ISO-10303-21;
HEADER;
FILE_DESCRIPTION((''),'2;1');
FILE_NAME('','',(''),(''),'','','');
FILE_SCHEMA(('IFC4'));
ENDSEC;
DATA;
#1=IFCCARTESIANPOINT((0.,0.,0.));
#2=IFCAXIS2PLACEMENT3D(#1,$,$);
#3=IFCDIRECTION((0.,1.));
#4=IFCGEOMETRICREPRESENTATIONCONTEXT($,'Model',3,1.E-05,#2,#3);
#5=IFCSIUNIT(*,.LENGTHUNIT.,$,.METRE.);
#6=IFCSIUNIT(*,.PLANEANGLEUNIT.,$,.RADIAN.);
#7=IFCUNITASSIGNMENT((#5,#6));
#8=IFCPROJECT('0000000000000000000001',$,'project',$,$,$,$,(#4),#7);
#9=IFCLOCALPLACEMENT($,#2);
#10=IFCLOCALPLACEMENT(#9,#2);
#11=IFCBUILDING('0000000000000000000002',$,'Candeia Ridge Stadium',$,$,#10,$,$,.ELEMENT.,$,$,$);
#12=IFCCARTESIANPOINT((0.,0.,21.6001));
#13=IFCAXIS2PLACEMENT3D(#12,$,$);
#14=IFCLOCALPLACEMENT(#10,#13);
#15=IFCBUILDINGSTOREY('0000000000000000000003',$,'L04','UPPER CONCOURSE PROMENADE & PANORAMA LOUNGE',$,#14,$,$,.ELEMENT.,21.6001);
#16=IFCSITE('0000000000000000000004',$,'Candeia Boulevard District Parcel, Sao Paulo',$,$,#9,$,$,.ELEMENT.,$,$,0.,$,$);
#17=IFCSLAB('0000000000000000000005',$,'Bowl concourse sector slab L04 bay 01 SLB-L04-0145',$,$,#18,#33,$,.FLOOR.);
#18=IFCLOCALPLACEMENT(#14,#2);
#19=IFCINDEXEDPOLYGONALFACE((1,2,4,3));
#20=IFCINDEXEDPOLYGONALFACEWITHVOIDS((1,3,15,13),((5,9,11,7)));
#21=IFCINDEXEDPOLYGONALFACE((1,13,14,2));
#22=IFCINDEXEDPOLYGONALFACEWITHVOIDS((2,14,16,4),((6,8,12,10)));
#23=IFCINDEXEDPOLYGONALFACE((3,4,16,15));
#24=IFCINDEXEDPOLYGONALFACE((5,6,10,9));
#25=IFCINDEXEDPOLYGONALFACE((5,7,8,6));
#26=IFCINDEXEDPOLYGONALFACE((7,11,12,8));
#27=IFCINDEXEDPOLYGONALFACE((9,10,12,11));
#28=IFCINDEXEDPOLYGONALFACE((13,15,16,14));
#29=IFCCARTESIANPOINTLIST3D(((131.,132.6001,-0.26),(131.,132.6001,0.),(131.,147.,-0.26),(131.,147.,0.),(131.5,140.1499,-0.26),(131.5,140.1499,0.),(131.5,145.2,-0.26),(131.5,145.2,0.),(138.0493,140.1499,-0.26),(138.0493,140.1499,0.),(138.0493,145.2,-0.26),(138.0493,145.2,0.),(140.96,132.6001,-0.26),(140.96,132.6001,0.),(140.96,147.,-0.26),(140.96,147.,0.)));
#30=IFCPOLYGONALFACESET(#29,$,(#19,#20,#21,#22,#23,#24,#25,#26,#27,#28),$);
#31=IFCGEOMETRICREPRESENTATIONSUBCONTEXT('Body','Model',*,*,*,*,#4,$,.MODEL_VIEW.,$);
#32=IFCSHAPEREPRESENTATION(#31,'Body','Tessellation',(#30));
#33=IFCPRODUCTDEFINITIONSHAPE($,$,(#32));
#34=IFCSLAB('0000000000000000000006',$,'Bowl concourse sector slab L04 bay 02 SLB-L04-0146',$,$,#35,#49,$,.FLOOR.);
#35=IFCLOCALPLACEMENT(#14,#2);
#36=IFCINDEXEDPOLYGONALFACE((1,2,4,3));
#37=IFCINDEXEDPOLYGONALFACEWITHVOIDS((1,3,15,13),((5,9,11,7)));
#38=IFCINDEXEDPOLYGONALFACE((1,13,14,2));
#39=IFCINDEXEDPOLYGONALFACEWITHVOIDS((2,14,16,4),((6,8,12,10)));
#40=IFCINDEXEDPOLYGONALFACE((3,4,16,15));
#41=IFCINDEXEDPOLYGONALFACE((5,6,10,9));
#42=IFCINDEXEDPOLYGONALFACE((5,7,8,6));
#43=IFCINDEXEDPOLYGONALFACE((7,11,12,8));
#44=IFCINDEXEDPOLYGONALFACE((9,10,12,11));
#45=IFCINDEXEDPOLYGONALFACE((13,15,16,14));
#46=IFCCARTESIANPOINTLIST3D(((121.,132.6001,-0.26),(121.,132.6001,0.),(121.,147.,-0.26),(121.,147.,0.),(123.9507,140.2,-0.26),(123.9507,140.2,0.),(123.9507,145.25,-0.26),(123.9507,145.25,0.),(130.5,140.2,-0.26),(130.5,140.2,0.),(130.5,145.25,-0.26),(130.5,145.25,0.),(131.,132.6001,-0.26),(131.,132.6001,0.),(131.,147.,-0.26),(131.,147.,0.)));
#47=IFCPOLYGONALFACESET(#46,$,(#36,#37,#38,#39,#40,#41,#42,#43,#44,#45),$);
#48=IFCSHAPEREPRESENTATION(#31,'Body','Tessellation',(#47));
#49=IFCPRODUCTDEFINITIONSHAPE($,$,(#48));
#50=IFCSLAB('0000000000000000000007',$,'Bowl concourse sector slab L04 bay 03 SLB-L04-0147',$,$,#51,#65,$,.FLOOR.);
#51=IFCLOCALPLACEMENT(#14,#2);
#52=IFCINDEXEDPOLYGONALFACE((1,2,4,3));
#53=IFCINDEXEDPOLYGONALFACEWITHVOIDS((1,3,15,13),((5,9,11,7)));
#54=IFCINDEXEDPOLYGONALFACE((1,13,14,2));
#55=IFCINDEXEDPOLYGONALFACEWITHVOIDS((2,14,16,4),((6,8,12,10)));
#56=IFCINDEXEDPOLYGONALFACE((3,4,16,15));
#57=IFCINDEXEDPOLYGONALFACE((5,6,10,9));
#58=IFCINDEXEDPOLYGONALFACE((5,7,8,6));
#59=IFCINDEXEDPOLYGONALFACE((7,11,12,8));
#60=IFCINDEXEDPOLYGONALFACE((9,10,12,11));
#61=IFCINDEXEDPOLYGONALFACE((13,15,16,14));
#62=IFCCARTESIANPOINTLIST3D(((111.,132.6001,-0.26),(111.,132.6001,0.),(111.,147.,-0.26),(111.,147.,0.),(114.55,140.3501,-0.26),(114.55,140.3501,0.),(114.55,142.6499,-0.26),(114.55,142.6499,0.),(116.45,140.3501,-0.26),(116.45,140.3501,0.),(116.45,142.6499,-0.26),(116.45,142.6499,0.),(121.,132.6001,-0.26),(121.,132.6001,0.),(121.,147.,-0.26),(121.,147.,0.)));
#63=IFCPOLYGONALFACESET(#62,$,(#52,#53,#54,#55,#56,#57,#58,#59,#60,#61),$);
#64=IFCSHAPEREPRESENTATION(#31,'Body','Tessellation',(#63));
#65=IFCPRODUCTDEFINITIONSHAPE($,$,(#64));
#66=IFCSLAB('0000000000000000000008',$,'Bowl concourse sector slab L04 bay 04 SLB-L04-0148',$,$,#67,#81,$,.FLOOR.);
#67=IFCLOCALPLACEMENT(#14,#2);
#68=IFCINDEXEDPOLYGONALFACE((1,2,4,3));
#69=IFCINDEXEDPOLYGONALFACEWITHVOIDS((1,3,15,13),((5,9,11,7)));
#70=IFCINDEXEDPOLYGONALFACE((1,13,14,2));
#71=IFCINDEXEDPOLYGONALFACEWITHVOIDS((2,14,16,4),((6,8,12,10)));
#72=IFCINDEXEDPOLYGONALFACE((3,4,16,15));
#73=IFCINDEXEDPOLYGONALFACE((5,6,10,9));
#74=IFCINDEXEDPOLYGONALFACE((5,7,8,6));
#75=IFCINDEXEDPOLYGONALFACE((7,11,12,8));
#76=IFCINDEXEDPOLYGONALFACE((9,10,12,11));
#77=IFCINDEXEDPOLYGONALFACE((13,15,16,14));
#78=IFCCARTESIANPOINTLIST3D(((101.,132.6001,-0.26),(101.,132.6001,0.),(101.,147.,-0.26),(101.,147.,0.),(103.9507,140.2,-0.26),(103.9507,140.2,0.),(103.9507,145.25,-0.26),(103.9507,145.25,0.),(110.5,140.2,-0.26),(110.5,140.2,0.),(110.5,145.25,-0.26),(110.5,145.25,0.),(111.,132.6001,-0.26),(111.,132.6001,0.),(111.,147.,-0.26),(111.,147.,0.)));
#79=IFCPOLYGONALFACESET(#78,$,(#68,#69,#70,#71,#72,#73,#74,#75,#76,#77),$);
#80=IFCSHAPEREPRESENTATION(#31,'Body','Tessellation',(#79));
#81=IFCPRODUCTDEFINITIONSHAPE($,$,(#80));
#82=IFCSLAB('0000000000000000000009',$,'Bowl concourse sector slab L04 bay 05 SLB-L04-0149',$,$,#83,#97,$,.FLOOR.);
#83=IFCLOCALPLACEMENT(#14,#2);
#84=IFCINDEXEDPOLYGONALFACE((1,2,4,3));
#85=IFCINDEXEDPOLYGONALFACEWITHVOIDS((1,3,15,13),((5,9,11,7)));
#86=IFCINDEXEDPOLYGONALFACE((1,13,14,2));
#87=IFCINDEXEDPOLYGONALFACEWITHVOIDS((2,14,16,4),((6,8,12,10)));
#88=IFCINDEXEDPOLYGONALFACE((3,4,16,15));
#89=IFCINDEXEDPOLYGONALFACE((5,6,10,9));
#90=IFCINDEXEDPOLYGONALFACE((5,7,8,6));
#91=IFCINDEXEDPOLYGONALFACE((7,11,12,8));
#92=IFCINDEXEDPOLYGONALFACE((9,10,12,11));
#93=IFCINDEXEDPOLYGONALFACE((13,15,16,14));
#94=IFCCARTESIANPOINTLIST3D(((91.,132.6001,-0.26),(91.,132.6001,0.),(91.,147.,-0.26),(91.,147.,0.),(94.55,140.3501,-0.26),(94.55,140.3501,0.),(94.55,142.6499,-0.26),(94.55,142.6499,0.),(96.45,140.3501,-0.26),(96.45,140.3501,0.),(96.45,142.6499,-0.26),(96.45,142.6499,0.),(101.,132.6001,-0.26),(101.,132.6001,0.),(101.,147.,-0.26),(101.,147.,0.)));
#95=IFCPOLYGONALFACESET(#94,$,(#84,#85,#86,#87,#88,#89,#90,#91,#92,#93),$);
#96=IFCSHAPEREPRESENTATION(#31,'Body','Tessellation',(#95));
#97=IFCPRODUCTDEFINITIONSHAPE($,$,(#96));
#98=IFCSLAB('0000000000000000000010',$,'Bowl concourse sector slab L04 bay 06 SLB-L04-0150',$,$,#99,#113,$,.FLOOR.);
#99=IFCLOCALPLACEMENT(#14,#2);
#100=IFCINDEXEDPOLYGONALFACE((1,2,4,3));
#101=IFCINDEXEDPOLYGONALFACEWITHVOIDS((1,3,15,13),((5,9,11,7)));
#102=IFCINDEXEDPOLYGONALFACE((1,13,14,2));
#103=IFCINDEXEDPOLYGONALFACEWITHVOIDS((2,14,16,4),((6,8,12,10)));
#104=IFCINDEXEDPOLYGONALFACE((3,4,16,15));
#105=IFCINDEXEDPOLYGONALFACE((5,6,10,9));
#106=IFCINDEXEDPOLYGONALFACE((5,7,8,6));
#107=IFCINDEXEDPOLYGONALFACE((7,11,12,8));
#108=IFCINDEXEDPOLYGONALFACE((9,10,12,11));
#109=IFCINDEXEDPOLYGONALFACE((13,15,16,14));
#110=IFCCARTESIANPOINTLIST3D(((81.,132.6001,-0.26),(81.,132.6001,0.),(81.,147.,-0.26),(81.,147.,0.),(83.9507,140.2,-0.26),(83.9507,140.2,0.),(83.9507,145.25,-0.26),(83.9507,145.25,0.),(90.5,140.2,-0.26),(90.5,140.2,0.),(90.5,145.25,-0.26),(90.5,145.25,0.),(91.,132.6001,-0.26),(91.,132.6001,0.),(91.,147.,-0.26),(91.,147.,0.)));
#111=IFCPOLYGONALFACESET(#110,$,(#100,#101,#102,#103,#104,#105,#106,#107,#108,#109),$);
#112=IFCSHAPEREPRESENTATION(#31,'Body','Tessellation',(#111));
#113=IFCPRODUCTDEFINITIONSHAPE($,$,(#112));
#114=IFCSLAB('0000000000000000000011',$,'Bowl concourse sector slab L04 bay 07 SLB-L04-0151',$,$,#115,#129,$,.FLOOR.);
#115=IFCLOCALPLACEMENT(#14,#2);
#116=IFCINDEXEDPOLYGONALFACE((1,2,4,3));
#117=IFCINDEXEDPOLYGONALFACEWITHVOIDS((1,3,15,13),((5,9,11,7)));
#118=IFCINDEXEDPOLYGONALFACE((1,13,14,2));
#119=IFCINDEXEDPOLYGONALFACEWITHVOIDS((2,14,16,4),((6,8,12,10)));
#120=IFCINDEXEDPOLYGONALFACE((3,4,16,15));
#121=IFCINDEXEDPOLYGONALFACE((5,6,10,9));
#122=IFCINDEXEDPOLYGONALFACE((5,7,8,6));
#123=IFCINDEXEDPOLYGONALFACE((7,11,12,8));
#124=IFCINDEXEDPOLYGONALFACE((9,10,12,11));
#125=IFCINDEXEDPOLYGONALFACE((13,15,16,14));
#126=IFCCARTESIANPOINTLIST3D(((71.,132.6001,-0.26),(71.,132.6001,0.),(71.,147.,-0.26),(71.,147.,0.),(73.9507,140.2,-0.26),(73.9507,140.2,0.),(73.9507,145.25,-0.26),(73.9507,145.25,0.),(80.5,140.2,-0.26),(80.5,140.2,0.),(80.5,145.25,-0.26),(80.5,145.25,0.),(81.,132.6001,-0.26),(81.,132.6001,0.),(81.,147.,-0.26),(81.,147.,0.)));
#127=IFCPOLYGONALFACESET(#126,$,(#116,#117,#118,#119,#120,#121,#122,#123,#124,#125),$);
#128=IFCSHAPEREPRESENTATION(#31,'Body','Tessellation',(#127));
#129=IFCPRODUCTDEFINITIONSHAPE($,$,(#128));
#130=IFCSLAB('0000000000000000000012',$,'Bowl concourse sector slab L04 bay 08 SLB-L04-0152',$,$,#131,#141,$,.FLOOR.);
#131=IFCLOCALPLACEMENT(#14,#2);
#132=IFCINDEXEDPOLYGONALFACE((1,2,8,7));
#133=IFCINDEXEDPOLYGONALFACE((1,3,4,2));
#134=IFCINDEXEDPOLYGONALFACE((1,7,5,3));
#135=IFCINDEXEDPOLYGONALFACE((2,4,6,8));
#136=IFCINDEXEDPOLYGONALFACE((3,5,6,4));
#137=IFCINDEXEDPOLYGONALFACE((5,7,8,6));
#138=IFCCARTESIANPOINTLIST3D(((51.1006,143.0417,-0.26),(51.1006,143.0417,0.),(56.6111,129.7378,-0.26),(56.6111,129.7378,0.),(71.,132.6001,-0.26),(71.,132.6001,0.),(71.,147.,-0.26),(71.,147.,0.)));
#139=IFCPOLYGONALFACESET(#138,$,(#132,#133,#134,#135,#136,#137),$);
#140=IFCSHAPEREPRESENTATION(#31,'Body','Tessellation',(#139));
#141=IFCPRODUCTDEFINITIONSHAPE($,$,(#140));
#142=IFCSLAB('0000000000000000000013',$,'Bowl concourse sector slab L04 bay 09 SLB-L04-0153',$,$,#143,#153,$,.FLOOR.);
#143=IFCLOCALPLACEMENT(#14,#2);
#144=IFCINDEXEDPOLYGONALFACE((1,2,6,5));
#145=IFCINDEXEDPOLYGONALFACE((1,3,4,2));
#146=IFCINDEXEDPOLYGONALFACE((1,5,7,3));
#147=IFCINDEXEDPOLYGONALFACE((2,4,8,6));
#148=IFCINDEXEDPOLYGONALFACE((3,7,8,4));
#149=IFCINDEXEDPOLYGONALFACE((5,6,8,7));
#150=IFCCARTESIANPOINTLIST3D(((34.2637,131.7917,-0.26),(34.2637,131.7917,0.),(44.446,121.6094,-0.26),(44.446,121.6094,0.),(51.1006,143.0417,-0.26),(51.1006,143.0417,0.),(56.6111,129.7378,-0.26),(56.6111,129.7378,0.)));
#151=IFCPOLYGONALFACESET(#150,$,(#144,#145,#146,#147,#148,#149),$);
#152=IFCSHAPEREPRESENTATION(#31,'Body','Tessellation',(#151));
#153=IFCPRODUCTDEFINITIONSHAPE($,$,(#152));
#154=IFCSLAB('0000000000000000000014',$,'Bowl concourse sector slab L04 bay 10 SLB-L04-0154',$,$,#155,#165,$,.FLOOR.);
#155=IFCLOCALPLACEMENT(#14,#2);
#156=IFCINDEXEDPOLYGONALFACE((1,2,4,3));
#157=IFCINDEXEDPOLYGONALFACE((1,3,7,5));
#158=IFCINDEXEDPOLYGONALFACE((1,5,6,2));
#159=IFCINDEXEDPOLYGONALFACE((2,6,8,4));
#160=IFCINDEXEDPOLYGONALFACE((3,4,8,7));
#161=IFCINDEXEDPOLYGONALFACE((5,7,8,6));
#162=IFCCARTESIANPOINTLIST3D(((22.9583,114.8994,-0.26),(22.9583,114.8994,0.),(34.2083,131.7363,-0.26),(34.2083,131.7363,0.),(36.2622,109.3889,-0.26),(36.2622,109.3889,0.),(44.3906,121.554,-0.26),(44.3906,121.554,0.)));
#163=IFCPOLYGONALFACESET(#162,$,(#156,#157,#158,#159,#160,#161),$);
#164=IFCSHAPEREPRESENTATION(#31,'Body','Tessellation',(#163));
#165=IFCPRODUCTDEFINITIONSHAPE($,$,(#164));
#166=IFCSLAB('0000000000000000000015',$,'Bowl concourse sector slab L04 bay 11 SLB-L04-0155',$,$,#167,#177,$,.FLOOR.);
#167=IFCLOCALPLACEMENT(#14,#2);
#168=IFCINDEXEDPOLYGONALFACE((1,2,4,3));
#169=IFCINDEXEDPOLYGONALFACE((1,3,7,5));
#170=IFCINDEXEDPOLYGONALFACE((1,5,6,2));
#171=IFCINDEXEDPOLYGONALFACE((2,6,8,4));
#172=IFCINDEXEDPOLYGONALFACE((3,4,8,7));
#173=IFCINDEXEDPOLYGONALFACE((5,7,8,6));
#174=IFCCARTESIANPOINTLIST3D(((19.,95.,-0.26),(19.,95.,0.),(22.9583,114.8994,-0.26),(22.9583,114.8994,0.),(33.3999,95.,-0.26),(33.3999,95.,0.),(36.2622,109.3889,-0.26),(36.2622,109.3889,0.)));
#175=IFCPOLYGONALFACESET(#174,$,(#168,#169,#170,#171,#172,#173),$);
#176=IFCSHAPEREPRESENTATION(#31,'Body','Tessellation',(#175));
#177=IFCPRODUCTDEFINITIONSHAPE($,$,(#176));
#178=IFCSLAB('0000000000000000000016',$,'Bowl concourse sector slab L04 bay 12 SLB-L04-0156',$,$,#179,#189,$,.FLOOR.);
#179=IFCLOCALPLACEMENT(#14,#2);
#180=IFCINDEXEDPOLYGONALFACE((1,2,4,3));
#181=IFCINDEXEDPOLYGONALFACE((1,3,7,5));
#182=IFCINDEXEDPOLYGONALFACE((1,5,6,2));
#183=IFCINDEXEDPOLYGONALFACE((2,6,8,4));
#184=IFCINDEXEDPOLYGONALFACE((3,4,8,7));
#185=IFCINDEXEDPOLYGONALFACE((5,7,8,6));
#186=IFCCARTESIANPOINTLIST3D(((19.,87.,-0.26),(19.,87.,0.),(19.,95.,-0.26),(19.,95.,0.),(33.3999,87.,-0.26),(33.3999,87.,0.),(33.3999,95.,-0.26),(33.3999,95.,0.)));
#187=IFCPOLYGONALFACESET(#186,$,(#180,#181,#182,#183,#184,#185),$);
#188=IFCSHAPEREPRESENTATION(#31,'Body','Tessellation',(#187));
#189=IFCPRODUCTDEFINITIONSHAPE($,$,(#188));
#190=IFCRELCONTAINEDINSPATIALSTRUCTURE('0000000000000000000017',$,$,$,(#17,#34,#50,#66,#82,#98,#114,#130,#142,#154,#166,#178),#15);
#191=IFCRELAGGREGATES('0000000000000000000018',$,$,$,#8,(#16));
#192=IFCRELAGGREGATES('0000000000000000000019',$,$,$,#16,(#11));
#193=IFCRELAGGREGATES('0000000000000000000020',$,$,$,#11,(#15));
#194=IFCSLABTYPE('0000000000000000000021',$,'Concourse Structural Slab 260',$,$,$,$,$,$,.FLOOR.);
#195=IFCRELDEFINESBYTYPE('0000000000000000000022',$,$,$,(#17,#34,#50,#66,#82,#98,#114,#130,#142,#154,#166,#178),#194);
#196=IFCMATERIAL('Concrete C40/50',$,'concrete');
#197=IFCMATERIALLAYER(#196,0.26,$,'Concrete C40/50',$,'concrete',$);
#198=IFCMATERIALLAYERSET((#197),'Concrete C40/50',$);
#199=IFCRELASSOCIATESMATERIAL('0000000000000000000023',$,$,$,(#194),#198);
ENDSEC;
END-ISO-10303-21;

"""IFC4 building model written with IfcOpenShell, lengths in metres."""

from ifc_helpers import new_model, si_unit, direction, frame, origin, place, context, subcontext, project, spatial, polyline, outline, extrude, material, layer, layer_set, type_object, element, save


model = new_model("IFC4")

# Units and contexts
model_context = context("Model", 3, precision=1e-05, world=origin(), true_north=direction((0.0, 1.0)))
body_context = subcontext(model_context, "Body", "Model", "MODEL_VIEW")
ifc_project = project(units=[si_unit("LENGTHUNIT", "METRE"), si_unit("PLANEANGLEUNIT", "RADIAN")], contexts=[model_context])

# Site, building, storey
site_placement = place(None, origin())
site = spatial("IfcSite", under=ifc_project, at=site_placement, Name="Candeia Boulevard District Parcel, Sao Paulo", CompositionType="ELEMENT", RefElevation=0.0)
building_placement = place(site_placement, origin())
building = spatial("IfcBuilding", under=site, at=building_placement, Name="Candeia Ridge Stadium", CompositionType="ELEMENT")
storey_placement = place(building_placement, frame((0.0, 0.0, 21.6001)))
storey = spatial("IfcBuildingStorey", under=building, at=storey_placement, Name="L04", Description="UPPER CONCOURSE PROMENADE & PANORAMA LOUNGE", CompositionType="ELEMENT", Elevation=21.6001)

# Slabs
ifc_material = material(Name="Concrete C40/50", Category="concrete")
ifc_layer = layer(ifc_material, 0.26, Name="Concrete C40/50", Category="concrete")
ifc_layer_set = layer_set([ifc_layer], Name="Concrete C40/50")
slab_type = type_object("IfcSlabType", Name="Concourse Structural Slab 260", PredefinedType="FLOOR", material=ifc_layer_set)
slab_1_placement = place(storey_placement, frame((0.0, 0.0, -0.26)))
element("IfcSlab", 1, at=slab_1_placement, inside=storey, type_object=slab_type, Name="Bowl concourse sector slab L04 bay 01 SLB-L04-0145", PredefinedType="FLOOR", context=body_context, shape_type="SweptSolid", body=[
    extrude(outline(polyline([(131.0, 132.6001), (131.0, 147.0), (140.96, 147.0), (140.96, 132.6001), (131.0, 132.6001)]), holes=[polyline([(138.0493, 145.2), (131.5, 145.2), (131.5, 140.1499), (138.0493, 140.1499), (138.0493, 145.2)])]), origin(), (0.0, 0.0, 1.0), 0.26),
])
slab_2_placement = place(storey_placement, frame((0.0, 0.0, -0.26)))
element("IfcSlab", 2, at=slab_2_placement, inside=storey, type_object=slab_type, Name="Bowl concourse sector slab L04 bay 02 SLB-L04-0146", PredefinedType="FLOOR", context=body_context, shape_type="SweptSolid", body=[
    extrude(outline(polyline([(121.0, 132.6001), (121.0, 147.0), (131.0, 147.0), (131.0, 132.6001), (121.0, 132.6001)]), holes=[polyline([(123.9507, 140.2), (130.5, 140.2), (130.5, 145.25), (123.9507, 145.25), (123.9507, 140.2)])]), origin(), (0.0, 0.0, 1.0), 0.26),
])
slab_3_placement = place(storey_placement, frame((0.0, 0.0, -0.26)))
element("IfcSlab", 3, at=slab_3_placement, inside=storey, type_object=slab_type, Name="Bowl concourse sector slab L04 bay 03 SLB-L04-0147", PredefinedType="FLOOR", context=body_context, shape_type="SweptSolid", body=[
    extrude(outline(polyline([(111.0, 132.6001), (111.0, 147.0), (121.0, 147.0), (121.0, 132.6001), (111.0, 132.6001)]), holes=[polyline([(116.45, 140.3501), (116.45, 142.6499), (114.55, 142.6499), (114.55, 140.3501), (116.45, 140.3501)])]), origin(), (0.0, 0.0, 1.0), 0.26),
])
slab_4_placement = place(storey_placement, frame((0.0, 0.0, -0.26)))
element("IfcSlab", 4, at=slab_4_placement, inside=storey, type_object=slab_type, Name="Bowl concourse sector slab L04 bay 04 SLB-L04-0148", PredefinedType="FLOOR", context=body_context, shape_type="SweptSolid", body=[
    extrude(outline(polyline([(101.0, 132.6001), (101.0, 147.0), (111.0, 147.0), (111.0, 132.6001), (101.0, 132.6001)]), holes=[polyline([(103.9507, 140.2), (110.5, 140.2), (110.5, 145.25), (103.9507, 145.25), (103.9507, 140.2)])]), origin(), (0.0, 0.0, 1.0), 0.26),
])
slab_5_placement = place(storey_placement, frame((0.0, 0.0, -0.26)))
element("IfcSlab", 5, at=slab_5_placement, inside=storey, type_object=slab_type, Name="Bowl concourse sector slab L04 bay 05 SLB-L04-0149", PredefinedType="FLOOR", context=body_context, shape_type="SweptSolid", body=[
    extrude(outline(polyline([(91.0, 132.6001), (91.0, 147.0), (101.0, 147.0), (101.0, 132.6001), (91.0, 132.6001)]), holes=[polyline([(96.45, 140.3501), (96.45, 142.6499), (94.55, 142.6499), (94.55, 140.3501), (96.45, 140.3501)])]), origin(), (0.0, 0.0, 1.0), 0.26),
])
slab_6_placement = place(storey_placement, frame((0.0, 0.0, -0.26)))
element("IfcSlab", 6, at=slab_6_placement, inside=storey, type_object=slab_type, Name="Bowl concourse sector slab L04 bay 06 SLB-L04-0150", PredefinedType="FLOOR", context=body_context, shape_type="SweptSolid", body=[
    extrude(outline(polyline([(81.0, 132.6001), (81.0, 147.0), (91.0, 147.0), (91.0, 132.6001), (81.0, 132.6001)]), holes=[polyline([(90.5, 140.2), (90.5, 145.25), (83.9507, 145.25), (83.9507, 140.2), (90.5, 140.2)])]), origin(), (0.0, 0.0, 1.0), 0.26),
])
slab_7_placement = place(storey_placement, frame((0.0, 0.0, -0.26)))
element("IfcSlab", 7, at=slab_7_placement, inside=storey, type_object=slab_type, Name="Bowl concourse sector slab L04 bay 07 SLB-L04-0151", PredefinedType="FLOOR", context=body_context, shape_type="SweptSolid", body=[
    extrude(outline(polyline([(71.0, 132.6001), (71.0, 147.0), (81.0, 147.0), (81.0, 132.6001), (71.0, 132.6001)]), holes=[polyline([(73.9507, 140.2), (80.5, 140.2), (80.5, 145.25), (73.9507, 145.25), (73.9507, 140.2)])]), origin(), (0.0, 0.0, 1.0), 0.26),
])
slab_8_placement = place(storey_placement, frame((0.0, 0.0, -0.26)))
element("IfcSlab", 8, at=slab_8_placement, inside=storey, type_object=slab_type, Name="Bowl concourse sector slab L04 bay 08 SLB-L04-0152", PredefinedType="FLOOR", context=body_context, shape_type="SweptSolid", body=[
    extrude(outline(polyline([(56.6111, 129.7378), (51.1006, 143.0417), (71.0, 147.0), (71.0, 132.6001), (56.6111, 129.7378)])), origin(), (0.0, 0.0, 1.0), 0.26),
])
slab_9_placement = place(storey_placement, frame((0.0, 0.0, -0.26)))
element("IfcSlab", 9, at=slab_9_placement, inside=storey, type_object=slab_type, Name="Bowl concourse sector slab L04 bay 09 SLB-L04-0153", PredefinedType="FLOOR", context=body_context, shape_type="SweptSolid", body=[
    extrude(outline(polyline([(44.446, 121.6094), (34.2637, 131.7917), (51.1006, 143.0417), (56.6111, 129.7378), (44.446, 121.6094)])), origin(), (0.0, 0.0, 1.0), 0.26),
])
slab_10_placement = place(storey_placement, frame((0.0, 0.0, -0.26)))
element("IfcSlab", 10, at=slab_10_placement, inside=storey, type_object=slab_type, Name="Bowl concourse sector slab L04 bay 10 SLB-L04-0154", PredefinedType="FLOOR", context=body_context, shape_type="SweptSolid", body=[
    extrude(outline(polyline([(36.2622, 109.3889), (22.9583, 114.8994), (34.2083, 131.7363), (44.3906, 121.554), (36.2622, 109.3889)])), origin(), (0.0, 0.0, 1.0), 0.26),
])
slab_11_placement = place(storey_placement, frame((0.0, 0.0, -0.26)))
element("IfcSlab", 11, at=slab_11_placement, inside=storey, type_object=slab_type, Name="Bowl concourse sector slab L04 bay 11 SLB-L04-0155", PredefinedType="FLOOR", context=body_context, shape_type="SweptSolid", body=[
    extrude(outline(polyline([(33.3999, 95.0), (19.0, 95.0), (22.9583, 114.8994), (36.2622, 109.3889), (33.3999, 95.0)])), origin(), (0.0, 0.0, 1.0), 0.26),
])
slab_12_placement = place(storey_placement, frame((0.0, 0.0, -0.26)))
element("IfcSlab", 12, at=slab_12_placement, inside=storey, type_object=slab_type, Name="Bowl concourse sector slab L04 bay 12 SLB-L04-0156", PredefinedType="FLOOR", context=body_context, shape_type="SweptSolid", body=[
    extrude(outline(polyline([(33.3999, 87.0), (19.0, 87.0), (19.0, 95.0), (33.3999, 95.0), (33.3999, 87.0)])), origin(), (0.0, 0.0, 1.0), 0.26),
])

save(model, "model.ifc")
